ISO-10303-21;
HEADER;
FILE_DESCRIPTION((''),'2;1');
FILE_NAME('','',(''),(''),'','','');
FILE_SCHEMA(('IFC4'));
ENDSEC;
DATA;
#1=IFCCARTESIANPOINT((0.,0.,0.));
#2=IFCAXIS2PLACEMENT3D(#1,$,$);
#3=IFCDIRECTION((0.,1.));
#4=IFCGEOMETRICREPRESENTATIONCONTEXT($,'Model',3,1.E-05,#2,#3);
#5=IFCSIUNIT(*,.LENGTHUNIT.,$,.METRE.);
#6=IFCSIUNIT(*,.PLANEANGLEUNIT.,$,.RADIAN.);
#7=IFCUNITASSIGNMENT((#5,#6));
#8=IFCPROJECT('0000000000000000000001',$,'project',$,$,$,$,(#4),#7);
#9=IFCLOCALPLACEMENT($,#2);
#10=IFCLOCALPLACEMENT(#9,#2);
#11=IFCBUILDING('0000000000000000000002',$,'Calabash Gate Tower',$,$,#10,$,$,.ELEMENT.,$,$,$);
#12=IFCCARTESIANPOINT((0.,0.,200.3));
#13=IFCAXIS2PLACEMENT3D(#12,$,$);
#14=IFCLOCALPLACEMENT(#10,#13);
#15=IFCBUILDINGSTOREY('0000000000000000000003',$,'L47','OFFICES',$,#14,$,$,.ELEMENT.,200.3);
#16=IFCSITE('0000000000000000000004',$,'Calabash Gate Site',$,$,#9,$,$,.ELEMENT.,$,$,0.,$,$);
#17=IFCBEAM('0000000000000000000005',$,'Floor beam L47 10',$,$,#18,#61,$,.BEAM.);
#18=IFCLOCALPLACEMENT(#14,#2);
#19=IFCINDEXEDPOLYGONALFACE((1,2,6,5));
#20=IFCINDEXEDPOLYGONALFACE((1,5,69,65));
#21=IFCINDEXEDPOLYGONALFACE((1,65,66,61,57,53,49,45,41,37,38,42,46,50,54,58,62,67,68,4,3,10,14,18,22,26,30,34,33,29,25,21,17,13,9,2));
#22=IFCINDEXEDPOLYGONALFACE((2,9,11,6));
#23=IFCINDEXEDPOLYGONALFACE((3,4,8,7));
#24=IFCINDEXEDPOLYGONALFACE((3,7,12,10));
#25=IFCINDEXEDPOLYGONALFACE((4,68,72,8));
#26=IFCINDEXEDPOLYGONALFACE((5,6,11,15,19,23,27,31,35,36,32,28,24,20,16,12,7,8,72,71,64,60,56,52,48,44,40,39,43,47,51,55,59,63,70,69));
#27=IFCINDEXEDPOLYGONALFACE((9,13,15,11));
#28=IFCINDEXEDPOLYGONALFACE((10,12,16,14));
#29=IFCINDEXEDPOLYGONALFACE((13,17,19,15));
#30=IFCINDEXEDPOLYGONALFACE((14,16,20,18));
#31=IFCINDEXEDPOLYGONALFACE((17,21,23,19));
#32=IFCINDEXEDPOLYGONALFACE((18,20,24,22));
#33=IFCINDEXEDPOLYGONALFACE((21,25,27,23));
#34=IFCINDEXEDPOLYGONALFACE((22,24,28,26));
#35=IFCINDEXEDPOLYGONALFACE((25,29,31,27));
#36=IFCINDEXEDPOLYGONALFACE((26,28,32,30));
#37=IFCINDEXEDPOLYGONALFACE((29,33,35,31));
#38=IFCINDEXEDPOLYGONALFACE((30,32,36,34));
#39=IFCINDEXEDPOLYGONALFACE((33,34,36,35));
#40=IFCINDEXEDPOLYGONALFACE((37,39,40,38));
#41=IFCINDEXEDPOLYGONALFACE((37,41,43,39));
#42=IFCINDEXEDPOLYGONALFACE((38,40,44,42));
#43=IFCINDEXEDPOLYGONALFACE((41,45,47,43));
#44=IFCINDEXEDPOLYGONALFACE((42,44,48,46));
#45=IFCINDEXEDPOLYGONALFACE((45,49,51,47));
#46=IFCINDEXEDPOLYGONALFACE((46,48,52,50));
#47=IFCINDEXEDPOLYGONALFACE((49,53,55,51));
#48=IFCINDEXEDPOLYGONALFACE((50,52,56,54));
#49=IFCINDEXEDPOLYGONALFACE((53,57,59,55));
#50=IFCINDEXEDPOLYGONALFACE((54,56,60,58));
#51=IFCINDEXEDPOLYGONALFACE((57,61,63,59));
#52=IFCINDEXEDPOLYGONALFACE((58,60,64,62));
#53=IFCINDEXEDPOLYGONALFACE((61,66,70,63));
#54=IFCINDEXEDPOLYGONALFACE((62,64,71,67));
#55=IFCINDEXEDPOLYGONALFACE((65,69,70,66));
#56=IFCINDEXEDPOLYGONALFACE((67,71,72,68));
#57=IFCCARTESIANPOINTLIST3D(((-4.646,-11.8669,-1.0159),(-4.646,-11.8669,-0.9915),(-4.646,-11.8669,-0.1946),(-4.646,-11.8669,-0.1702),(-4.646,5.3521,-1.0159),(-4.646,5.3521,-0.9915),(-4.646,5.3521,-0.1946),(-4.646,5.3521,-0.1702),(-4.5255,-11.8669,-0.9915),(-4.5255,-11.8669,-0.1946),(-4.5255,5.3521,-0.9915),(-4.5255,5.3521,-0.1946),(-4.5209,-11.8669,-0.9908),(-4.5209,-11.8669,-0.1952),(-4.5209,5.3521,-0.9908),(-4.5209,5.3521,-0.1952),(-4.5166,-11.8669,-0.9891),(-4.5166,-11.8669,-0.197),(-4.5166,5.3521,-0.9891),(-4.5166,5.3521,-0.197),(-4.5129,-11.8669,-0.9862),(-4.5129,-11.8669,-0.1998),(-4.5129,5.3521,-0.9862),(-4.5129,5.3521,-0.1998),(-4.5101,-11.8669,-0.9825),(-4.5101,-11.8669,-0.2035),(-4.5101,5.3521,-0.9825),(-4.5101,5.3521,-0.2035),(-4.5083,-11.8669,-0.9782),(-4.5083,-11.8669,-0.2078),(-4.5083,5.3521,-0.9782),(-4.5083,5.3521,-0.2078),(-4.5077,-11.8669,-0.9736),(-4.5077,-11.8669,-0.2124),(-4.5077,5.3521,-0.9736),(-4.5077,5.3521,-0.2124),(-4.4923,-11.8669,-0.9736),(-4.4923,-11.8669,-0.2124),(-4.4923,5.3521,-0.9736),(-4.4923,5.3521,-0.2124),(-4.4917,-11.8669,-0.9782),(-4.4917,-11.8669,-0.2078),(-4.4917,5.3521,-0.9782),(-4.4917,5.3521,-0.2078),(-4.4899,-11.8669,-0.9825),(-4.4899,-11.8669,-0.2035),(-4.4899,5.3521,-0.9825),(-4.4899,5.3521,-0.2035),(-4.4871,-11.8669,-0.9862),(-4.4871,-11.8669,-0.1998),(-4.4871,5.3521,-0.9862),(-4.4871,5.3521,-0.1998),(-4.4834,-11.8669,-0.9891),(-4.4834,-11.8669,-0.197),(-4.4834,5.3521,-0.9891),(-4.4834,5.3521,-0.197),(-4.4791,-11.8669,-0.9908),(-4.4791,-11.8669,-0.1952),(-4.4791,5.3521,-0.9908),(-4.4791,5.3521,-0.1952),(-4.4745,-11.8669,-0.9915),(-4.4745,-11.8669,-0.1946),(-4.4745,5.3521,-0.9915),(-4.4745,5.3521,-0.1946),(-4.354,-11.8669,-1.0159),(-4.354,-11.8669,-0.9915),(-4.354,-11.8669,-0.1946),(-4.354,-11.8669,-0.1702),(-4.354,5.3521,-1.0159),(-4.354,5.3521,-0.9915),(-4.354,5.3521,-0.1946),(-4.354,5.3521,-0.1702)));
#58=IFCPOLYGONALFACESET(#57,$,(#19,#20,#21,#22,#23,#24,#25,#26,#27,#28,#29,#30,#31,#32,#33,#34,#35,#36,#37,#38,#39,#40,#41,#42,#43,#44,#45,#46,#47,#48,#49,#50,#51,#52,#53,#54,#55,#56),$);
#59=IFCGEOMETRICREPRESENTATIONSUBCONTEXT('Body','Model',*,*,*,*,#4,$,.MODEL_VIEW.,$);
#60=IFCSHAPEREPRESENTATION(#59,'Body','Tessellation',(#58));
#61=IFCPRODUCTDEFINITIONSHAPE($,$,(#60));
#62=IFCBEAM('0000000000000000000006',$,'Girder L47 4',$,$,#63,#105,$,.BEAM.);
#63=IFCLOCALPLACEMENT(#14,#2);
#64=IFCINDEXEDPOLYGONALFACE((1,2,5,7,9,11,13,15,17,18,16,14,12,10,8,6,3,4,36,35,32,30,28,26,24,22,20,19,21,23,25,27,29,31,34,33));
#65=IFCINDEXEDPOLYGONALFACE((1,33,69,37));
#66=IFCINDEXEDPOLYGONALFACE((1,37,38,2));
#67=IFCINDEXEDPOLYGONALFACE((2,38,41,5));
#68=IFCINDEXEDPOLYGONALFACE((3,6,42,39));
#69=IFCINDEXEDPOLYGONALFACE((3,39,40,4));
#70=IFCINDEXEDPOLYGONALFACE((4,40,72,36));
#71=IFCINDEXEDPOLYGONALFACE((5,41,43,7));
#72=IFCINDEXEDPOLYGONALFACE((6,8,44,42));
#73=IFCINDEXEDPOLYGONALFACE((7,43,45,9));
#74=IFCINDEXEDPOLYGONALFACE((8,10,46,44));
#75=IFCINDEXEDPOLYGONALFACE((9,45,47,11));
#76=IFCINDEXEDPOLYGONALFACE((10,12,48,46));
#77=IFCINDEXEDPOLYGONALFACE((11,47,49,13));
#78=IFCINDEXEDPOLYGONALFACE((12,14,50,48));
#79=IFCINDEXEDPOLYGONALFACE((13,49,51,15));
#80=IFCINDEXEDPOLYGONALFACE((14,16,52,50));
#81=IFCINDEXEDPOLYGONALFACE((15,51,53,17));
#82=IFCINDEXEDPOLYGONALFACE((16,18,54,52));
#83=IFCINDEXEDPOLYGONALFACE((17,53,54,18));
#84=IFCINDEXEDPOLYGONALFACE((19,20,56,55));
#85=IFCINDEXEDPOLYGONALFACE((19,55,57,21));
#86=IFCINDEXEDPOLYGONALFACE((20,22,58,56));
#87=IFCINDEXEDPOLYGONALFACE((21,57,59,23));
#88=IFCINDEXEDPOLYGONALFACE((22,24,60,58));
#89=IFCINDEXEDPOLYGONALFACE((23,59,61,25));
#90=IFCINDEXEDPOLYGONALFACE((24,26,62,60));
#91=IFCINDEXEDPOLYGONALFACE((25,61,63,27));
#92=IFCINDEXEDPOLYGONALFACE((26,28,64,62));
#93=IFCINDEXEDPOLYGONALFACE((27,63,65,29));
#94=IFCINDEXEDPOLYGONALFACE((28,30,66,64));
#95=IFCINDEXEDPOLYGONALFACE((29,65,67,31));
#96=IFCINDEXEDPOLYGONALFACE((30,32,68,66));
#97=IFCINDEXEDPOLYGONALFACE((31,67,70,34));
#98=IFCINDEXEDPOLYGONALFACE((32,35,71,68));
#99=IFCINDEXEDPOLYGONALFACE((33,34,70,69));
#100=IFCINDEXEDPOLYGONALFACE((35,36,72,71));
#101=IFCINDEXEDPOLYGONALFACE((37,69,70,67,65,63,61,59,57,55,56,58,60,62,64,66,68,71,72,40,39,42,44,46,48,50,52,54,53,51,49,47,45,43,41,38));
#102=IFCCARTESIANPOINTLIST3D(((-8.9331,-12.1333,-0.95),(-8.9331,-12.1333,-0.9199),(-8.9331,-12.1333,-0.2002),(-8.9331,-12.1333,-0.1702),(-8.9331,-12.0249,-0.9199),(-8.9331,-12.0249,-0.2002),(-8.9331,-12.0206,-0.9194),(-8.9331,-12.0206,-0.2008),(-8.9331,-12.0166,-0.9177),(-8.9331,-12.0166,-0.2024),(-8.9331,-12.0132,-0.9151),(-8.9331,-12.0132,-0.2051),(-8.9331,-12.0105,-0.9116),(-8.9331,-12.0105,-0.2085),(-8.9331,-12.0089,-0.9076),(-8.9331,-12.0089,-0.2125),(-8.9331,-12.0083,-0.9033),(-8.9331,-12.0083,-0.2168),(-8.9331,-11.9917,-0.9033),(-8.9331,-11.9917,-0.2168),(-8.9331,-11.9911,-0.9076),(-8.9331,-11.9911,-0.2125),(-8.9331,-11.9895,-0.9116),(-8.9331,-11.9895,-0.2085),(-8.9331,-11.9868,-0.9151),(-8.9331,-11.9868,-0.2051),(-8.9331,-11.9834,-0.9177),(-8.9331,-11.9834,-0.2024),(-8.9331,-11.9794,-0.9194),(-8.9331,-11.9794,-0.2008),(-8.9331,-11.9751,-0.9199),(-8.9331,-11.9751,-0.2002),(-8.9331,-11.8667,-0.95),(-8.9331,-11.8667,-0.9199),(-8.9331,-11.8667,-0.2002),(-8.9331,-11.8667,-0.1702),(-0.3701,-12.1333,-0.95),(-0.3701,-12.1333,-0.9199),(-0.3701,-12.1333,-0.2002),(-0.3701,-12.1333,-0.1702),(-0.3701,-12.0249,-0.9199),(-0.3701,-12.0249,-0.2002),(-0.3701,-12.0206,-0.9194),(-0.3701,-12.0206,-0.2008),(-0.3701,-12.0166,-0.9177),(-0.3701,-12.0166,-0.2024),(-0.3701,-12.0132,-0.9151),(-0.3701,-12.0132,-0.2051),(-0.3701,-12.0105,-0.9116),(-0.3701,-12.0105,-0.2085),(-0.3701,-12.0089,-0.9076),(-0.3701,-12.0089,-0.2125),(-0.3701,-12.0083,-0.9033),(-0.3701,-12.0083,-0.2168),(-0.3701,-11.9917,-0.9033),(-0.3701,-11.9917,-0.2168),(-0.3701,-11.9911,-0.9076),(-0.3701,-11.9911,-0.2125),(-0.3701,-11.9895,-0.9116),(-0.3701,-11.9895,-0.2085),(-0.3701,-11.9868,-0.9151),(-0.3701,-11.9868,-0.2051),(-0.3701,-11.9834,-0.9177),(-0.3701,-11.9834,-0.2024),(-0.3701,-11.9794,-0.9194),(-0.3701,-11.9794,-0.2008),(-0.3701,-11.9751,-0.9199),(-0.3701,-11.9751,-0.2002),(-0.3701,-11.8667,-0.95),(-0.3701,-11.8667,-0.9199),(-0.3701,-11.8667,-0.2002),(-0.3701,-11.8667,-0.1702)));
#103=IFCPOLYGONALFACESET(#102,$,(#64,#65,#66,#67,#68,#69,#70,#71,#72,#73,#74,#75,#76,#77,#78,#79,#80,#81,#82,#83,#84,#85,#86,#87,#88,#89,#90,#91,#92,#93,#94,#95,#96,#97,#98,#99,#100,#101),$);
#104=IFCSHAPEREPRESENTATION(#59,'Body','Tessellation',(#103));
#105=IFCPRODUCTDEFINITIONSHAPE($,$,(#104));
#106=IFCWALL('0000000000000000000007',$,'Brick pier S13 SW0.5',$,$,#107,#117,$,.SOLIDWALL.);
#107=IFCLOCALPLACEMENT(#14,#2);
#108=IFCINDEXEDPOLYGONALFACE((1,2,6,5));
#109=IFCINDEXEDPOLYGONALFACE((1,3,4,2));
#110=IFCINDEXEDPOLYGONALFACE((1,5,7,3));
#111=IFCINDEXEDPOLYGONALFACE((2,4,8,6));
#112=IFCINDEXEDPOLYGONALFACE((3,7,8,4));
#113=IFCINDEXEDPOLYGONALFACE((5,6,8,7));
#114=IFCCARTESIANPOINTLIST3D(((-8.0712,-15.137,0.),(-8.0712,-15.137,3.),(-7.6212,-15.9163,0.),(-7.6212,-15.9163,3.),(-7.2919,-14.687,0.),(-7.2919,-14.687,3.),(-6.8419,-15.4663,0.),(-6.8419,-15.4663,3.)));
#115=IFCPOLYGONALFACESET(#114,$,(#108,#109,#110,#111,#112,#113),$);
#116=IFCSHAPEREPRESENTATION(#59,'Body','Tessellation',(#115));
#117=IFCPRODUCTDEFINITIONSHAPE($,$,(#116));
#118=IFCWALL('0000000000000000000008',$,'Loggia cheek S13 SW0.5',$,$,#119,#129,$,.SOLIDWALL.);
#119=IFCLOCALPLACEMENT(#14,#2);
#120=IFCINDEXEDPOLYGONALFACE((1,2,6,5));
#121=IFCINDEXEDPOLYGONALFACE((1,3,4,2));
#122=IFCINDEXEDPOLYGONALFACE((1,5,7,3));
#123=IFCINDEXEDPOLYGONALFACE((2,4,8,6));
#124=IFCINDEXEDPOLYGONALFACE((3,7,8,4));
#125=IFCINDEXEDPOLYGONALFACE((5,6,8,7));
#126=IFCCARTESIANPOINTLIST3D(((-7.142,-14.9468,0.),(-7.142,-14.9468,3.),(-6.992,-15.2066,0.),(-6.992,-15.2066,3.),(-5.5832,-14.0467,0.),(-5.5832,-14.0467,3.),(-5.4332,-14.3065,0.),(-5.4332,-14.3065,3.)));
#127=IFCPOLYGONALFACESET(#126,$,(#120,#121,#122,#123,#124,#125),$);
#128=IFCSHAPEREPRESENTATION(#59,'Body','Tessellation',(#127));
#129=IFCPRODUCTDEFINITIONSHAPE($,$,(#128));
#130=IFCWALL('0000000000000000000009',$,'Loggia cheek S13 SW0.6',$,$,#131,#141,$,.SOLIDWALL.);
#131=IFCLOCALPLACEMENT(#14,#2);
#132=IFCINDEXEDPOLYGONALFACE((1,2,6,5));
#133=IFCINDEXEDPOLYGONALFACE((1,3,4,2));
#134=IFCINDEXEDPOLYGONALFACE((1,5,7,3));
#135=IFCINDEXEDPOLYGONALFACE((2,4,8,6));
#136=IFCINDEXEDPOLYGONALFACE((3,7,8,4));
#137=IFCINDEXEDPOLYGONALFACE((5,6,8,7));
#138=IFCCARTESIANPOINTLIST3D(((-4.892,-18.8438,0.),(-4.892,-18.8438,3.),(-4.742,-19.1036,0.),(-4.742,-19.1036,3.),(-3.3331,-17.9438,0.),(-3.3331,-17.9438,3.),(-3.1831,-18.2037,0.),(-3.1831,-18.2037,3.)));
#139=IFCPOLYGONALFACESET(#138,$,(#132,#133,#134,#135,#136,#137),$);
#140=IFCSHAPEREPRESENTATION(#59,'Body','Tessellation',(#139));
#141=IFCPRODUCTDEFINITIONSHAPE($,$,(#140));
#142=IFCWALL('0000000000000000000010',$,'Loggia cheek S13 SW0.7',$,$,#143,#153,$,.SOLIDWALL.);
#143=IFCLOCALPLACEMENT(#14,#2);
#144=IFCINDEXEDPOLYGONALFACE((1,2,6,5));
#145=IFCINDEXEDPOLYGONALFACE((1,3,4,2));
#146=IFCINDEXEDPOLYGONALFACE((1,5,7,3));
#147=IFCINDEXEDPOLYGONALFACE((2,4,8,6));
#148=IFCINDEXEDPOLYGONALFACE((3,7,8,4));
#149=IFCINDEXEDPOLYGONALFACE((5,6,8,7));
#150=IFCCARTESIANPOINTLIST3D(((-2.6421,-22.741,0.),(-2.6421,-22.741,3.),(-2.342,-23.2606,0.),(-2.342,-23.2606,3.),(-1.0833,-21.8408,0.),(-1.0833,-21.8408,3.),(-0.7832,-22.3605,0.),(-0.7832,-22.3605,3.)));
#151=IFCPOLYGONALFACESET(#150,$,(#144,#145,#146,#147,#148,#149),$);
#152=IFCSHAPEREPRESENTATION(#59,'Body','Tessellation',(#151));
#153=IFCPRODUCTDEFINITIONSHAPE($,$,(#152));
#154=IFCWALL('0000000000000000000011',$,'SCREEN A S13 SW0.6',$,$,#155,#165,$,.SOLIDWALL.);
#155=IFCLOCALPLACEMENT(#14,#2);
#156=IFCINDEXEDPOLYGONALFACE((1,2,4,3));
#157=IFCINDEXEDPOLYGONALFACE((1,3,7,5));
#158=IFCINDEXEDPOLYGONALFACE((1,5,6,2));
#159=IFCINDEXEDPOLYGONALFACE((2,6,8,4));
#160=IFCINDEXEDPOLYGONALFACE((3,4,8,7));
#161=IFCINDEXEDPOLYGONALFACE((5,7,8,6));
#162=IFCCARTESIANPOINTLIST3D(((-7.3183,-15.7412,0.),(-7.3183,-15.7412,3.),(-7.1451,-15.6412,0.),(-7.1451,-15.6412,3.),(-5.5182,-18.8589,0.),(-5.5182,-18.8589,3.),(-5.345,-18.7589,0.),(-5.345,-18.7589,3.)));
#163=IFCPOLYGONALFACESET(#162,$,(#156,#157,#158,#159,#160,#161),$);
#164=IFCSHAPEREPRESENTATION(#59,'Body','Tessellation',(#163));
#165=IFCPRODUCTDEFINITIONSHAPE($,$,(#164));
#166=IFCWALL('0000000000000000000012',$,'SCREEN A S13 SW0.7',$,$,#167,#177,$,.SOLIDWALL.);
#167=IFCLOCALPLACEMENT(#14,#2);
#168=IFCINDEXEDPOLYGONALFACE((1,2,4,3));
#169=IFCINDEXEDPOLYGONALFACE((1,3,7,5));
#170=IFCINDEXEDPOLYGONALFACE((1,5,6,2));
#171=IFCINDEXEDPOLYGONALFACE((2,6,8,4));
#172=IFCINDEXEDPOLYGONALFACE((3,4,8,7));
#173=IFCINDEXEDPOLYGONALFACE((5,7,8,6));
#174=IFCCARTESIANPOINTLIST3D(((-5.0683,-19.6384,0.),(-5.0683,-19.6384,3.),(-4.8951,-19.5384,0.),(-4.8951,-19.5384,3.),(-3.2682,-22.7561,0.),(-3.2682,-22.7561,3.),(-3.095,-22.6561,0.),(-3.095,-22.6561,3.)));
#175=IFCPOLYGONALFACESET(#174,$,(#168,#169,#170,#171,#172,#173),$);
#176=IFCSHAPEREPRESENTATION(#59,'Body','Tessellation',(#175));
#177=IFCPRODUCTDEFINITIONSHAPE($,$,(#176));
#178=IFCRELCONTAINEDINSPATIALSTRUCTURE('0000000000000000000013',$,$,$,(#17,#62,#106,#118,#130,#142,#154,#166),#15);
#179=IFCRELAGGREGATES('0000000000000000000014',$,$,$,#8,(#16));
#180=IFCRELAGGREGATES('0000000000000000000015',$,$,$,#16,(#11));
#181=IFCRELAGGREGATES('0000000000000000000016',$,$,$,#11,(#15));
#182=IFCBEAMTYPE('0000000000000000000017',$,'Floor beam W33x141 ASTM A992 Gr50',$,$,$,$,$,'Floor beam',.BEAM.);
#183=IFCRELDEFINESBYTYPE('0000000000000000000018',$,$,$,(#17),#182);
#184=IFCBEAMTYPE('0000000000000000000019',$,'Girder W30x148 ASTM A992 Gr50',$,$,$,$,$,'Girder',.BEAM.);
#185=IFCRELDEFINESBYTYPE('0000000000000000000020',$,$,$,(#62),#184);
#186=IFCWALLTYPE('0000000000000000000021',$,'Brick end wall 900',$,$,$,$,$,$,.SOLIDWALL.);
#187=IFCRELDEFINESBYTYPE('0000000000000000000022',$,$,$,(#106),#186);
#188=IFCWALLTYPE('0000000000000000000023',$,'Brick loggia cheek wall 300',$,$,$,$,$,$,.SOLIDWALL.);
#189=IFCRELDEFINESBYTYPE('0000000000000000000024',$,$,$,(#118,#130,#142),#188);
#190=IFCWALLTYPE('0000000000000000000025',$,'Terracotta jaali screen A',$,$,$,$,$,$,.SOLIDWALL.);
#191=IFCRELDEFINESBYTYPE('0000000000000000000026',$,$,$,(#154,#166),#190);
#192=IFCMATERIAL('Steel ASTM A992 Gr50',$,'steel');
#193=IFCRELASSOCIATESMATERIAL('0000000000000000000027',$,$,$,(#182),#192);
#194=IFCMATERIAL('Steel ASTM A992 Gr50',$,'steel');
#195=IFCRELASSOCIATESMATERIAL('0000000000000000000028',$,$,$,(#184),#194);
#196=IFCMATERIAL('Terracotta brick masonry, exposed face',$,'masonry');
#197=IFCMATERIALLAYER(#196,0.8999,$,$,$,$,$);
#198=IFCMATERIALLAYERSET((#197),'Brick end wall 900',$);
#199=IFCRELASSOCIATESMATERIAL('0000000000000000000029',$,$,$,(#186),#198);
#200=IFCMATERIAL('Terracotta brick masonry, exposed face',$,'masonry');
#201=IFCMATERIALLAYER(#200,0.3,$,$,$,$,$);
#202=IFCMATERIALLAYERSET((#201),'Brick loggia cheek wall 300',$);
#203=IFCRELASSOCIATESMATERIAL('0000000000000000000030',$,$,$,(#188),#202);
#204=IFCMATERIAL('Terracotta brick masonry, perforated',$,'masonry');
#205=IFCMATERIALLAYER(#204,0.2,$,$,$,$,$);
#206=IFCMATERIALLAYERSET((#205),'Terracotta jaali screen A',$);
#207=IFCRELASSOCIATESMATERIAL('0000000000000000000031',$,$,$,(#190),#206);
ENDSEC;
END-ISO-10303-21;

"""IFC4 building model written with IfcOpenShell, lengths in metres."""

from ifc_helpers import new_model, si_unit, direction, frame, frame_2d, origin, origin_2d, place, context, subcontext, project, spatial, rectangle, i_section, extrude, material, layer, layer_set, material_profile, profile_set, type_object, element, save


model = new_model("IFC4")

# Units and contexts
model_context = context("Model", 3, precision=1e-05, world=origin(), true_north=direction((0.0, 1.0)))
body_context = subcontext(model_context, "Body", "Model", "MODEL_VIEW")
ifc_project = project(units=[si_unit("LENGTHUNIT", "METRE"), si_unit("PLANEANGLEUNIT", "RADIAN")], contexts=[model_context])

# Site, building, storey
site_placement = place(None, origin())
site = spatial("IfcSite", under=ifc_project, at=site_placement, Name="Calabash Gate Site", CompositionType="ELEMENT", RefElevation=0.0)
building_placement = place(site_placement, origin())
building = spatial("IfcBuilding", under=site, at=building_placement, Name="Calabash Gate Tower", CompositionType="ELEMENT")
storey_placement = place(building_placement, frame((0.0, 0.0, 200.3)))
storey = spatial("IfcBuildingStorey", under=building, at=storey_placement, Name="L47", Description="OFFICES", CompositionType="ELEMENT", Elevation=200.3)

# Beams
ifc_material_1 = material(Name="Steel ASTM A992 Gr50", Category="steel")
ifc_material_profile_1 = material_profile(ifc_material_1, i_section(OverallWidth=0.292, OverallDepth=0.8457, WebThickness=0.0154, FlangeThickness=0.0244, FilletRadius=0.0178, at=origin_2d()))
ifc_profile_set_1 = profile_set([ifc_material_profile_1], Name="Steel ASTM A992 Gr50")
beam_type_1 = type_object("IfcBeamType", Name="Floor beam W33x141 ASTM A992 Gr50", ElementType="Floor beam", PredefinedType="BEAM", material=ifc_profile_set_1)
beam_1_placement = place(storey_placement, frame((-4.5, -11.8669, -0.593), z_axis=(0.0, 1.0, 0.0), x_axis=(-1.0, 0.0, 0.0)))
element("IfcBeam", 1, at=beam_1_placement, inside=storey, type_object=beam_type_1, Name="Floor beam L47 10", PredefinedType="BEAM", context=body_context, shape_type="SweptSolid", body=[
    extrude(i_section(OverallWidth=0.292, OverallDepth=0.8457, WebThickness=0.0154, FlangeThickness=0.0244, FilletRadius=0.0178, at=origin_2d()), origin(), (0.0, 0.0, 1.0), 17.219),
])
ifc_material_2 = material(Name="Steel ASTM A992 Gr50", Category="steel")
ifc_material_profile_2 = material_profile(ifc_material_2, i_section(OverallWidth=0.2666, OverallDepth=0.7798, WebThickness=0.0166, FlangeThickness=0.03, FilletRadius=0.0166, at=origin_2d()))
ifc_profile_set_2 = profile_set([ifc_material_profile_2], Name="Steel ASTM A992 Gr50")
beam_type_2 = type_object("IfcBeamType", Name="Girder W30x148 ASTM A992 Gr50", ElementType="Girder", PredefinedType="BEAM", material=ifc_profile_set_2)
beam_2_placement = place(storey_placement, frame((-8.9331, -12.0, -0.5601), z_axis=(1.0, 0.0, 0.0), x_axis=(0.0, 1.0, 0.0)))
element("IfcBeam", 2, at=beam_2_placement, inside=storey, type_object=beam_type_2, Name="Girder L47 4", PredefinedType="BEAM", context=body_context, shape_type="SweptSolid", body=[
    extrude(i_section(OverallWidth=0.2666, OverallDepth=0.7798, WebThickness=0.0166, FlangeThickness=0.03, FilletRadius=0.0166, at=origin_2d()), origin(), (0.0, 0.0, 1.0), 8.563),
])

# Walls
ifc_material_3 = material(Name="Terracotta brick masonry, exposed face", Category="masonry")
ifc_layer_1 = layer(ifc_material_3, 0.8999)
ifc_layer_set_1 = layer_set([ifc_layer_1], Name="Brick end wall 900")
wall_type_1 = type_object("IfcWallType", Name="Brick end wall 900", PredefinedType="SOLIDWALL", material=ifc_layer_set_1)
wall_1_placement = place(storey_placement, frame((-7.0669, -15.0767, 0.0), z_axis=(0.0, 0.0, 1.0), x_axis=(-0.866014, -0.50002, 0.0)))
element("IfcWall", 3, at=wall_1_placement, inside=storey, type_object=wall_type_1, Name="Brick pier S13 SW0.5", PredefinedType="SOLIDWALL", context=body_context, shape_type="SweptSolid", body=[
    extrude(rectangle(XDim=0.8999, YDim=0.8999, at=frame_2d((0.45, 0.0))), origin(), (0.0, 0.0, 1.0), 3.0),
])
ifc_material_4 = material(Name="Terracotta brick masonry, exposed face", Category="masonry")
ifc_layer_2 = layer(ifc_material_4, 0.3)
ifc_layer_set_2 = layer_set([ifc_layer_2], Name="Brick loggia cheek wall 300")
wall_type_2 = type_object("IfcWallType", Name="Brick loggia cheek wall 300", PredefinedType="SOLIDWALL", material=ifc_layer_set_2)
for number, where, z_axis, x_axis, name in (
    (4, (-7.0669, -15.0767, 0.0), (0.0, 0.0, 1.0), (0.865989, 0.500063, 0.0), "Loggia cheek S13 SW0.5"),
    (5, (-4.8169, -18.9736, 0.0), (0.0, 0.0, 1.0), (0.866048, 0.499961, 0.0), "Loggia cheek S13 SW0.6"),
):
    element("IfcWall", number, at=place(storey_placement, frame(where, z_axis=z_axis, x_axis=x_axis)), inside=storey, type_object=wall_type_2, Name=name, PredefinedType="SOLIDWALL", context=body_context, shape_type="SweptSolid", body=[
        extrude(rectangle(XDim=1.8, YDim=0.3, at=frame_2d((0.8999, 0.0))), origin(), (0.0, 0.0, 1.0), 3.0),
    ])
wall_2_placement = place(storey_placement, frame((-2.4919, -23.0007, 0.0), z_axis=(0.0, 0.0, 1.0), x_axis=(0.865989, 0.500063, 0.0)))
element("IfcWall", 6, at=wall_2_placement, inside=storey, type_object=wall_type_2, Name="Loggia cheek S13 SW0.7", PredefinedType="SOLIDWALL", context=body_context, shape_type="SweptSolid", body=[
    extrude(rectangle(XDim=1.8, YDim=0.6001, at=frame_2d((0.8999, 0.0))), origin(), (0.0, 0.0, 1.0), 3.0),
])
ifc_material_5 = material(Name="Terracotta brick masonry, perforated", Category="masonry")
ifc_layer_3 = layer(ifc_material_5, 0.2)
ifc_layer_set_3 = layer_set([ifc_layer_3], Name="Terracotta jaali screen A")
wall_type_3 = type_object("IfcWallType", Name="Terracotta jaali screen A", PredefinedType="SOLIDWALL", material=ifc_layer_set_3)
for number, where, z_axis, x_axis, name in (
    (7, (-7.2317, -15.6912, 0.0), (0.0, 0.0, 1.0), (0.500012, -0.866018, 0.0), "SCREEN A S13 SW0.6"),
    (8, (-4.9817, -19.5884, 0.0), (0.0, 0.0, 1.0), (0.500012, -0.866018, 0.0), "SCREEN A S13 SW0.7"),
):
    element("IfcWall", number, at=place(storey_placement, frame(where, z_axis=z_axis, x_axis=x_axis)), inside=storey, type_object=wall_type_3, Name=name, PredefinedType="SOLIDWALL", context=body_context, shape_type="SweptSolid", body=[
        extrude(rectangle(XDim=3.6001, YDim=0.2, at=frame_2d((1.8, 0.0))), origin(), (0.0, 0.0, 1.0), 3.0),
    ])

save(model, "model.ifc")
